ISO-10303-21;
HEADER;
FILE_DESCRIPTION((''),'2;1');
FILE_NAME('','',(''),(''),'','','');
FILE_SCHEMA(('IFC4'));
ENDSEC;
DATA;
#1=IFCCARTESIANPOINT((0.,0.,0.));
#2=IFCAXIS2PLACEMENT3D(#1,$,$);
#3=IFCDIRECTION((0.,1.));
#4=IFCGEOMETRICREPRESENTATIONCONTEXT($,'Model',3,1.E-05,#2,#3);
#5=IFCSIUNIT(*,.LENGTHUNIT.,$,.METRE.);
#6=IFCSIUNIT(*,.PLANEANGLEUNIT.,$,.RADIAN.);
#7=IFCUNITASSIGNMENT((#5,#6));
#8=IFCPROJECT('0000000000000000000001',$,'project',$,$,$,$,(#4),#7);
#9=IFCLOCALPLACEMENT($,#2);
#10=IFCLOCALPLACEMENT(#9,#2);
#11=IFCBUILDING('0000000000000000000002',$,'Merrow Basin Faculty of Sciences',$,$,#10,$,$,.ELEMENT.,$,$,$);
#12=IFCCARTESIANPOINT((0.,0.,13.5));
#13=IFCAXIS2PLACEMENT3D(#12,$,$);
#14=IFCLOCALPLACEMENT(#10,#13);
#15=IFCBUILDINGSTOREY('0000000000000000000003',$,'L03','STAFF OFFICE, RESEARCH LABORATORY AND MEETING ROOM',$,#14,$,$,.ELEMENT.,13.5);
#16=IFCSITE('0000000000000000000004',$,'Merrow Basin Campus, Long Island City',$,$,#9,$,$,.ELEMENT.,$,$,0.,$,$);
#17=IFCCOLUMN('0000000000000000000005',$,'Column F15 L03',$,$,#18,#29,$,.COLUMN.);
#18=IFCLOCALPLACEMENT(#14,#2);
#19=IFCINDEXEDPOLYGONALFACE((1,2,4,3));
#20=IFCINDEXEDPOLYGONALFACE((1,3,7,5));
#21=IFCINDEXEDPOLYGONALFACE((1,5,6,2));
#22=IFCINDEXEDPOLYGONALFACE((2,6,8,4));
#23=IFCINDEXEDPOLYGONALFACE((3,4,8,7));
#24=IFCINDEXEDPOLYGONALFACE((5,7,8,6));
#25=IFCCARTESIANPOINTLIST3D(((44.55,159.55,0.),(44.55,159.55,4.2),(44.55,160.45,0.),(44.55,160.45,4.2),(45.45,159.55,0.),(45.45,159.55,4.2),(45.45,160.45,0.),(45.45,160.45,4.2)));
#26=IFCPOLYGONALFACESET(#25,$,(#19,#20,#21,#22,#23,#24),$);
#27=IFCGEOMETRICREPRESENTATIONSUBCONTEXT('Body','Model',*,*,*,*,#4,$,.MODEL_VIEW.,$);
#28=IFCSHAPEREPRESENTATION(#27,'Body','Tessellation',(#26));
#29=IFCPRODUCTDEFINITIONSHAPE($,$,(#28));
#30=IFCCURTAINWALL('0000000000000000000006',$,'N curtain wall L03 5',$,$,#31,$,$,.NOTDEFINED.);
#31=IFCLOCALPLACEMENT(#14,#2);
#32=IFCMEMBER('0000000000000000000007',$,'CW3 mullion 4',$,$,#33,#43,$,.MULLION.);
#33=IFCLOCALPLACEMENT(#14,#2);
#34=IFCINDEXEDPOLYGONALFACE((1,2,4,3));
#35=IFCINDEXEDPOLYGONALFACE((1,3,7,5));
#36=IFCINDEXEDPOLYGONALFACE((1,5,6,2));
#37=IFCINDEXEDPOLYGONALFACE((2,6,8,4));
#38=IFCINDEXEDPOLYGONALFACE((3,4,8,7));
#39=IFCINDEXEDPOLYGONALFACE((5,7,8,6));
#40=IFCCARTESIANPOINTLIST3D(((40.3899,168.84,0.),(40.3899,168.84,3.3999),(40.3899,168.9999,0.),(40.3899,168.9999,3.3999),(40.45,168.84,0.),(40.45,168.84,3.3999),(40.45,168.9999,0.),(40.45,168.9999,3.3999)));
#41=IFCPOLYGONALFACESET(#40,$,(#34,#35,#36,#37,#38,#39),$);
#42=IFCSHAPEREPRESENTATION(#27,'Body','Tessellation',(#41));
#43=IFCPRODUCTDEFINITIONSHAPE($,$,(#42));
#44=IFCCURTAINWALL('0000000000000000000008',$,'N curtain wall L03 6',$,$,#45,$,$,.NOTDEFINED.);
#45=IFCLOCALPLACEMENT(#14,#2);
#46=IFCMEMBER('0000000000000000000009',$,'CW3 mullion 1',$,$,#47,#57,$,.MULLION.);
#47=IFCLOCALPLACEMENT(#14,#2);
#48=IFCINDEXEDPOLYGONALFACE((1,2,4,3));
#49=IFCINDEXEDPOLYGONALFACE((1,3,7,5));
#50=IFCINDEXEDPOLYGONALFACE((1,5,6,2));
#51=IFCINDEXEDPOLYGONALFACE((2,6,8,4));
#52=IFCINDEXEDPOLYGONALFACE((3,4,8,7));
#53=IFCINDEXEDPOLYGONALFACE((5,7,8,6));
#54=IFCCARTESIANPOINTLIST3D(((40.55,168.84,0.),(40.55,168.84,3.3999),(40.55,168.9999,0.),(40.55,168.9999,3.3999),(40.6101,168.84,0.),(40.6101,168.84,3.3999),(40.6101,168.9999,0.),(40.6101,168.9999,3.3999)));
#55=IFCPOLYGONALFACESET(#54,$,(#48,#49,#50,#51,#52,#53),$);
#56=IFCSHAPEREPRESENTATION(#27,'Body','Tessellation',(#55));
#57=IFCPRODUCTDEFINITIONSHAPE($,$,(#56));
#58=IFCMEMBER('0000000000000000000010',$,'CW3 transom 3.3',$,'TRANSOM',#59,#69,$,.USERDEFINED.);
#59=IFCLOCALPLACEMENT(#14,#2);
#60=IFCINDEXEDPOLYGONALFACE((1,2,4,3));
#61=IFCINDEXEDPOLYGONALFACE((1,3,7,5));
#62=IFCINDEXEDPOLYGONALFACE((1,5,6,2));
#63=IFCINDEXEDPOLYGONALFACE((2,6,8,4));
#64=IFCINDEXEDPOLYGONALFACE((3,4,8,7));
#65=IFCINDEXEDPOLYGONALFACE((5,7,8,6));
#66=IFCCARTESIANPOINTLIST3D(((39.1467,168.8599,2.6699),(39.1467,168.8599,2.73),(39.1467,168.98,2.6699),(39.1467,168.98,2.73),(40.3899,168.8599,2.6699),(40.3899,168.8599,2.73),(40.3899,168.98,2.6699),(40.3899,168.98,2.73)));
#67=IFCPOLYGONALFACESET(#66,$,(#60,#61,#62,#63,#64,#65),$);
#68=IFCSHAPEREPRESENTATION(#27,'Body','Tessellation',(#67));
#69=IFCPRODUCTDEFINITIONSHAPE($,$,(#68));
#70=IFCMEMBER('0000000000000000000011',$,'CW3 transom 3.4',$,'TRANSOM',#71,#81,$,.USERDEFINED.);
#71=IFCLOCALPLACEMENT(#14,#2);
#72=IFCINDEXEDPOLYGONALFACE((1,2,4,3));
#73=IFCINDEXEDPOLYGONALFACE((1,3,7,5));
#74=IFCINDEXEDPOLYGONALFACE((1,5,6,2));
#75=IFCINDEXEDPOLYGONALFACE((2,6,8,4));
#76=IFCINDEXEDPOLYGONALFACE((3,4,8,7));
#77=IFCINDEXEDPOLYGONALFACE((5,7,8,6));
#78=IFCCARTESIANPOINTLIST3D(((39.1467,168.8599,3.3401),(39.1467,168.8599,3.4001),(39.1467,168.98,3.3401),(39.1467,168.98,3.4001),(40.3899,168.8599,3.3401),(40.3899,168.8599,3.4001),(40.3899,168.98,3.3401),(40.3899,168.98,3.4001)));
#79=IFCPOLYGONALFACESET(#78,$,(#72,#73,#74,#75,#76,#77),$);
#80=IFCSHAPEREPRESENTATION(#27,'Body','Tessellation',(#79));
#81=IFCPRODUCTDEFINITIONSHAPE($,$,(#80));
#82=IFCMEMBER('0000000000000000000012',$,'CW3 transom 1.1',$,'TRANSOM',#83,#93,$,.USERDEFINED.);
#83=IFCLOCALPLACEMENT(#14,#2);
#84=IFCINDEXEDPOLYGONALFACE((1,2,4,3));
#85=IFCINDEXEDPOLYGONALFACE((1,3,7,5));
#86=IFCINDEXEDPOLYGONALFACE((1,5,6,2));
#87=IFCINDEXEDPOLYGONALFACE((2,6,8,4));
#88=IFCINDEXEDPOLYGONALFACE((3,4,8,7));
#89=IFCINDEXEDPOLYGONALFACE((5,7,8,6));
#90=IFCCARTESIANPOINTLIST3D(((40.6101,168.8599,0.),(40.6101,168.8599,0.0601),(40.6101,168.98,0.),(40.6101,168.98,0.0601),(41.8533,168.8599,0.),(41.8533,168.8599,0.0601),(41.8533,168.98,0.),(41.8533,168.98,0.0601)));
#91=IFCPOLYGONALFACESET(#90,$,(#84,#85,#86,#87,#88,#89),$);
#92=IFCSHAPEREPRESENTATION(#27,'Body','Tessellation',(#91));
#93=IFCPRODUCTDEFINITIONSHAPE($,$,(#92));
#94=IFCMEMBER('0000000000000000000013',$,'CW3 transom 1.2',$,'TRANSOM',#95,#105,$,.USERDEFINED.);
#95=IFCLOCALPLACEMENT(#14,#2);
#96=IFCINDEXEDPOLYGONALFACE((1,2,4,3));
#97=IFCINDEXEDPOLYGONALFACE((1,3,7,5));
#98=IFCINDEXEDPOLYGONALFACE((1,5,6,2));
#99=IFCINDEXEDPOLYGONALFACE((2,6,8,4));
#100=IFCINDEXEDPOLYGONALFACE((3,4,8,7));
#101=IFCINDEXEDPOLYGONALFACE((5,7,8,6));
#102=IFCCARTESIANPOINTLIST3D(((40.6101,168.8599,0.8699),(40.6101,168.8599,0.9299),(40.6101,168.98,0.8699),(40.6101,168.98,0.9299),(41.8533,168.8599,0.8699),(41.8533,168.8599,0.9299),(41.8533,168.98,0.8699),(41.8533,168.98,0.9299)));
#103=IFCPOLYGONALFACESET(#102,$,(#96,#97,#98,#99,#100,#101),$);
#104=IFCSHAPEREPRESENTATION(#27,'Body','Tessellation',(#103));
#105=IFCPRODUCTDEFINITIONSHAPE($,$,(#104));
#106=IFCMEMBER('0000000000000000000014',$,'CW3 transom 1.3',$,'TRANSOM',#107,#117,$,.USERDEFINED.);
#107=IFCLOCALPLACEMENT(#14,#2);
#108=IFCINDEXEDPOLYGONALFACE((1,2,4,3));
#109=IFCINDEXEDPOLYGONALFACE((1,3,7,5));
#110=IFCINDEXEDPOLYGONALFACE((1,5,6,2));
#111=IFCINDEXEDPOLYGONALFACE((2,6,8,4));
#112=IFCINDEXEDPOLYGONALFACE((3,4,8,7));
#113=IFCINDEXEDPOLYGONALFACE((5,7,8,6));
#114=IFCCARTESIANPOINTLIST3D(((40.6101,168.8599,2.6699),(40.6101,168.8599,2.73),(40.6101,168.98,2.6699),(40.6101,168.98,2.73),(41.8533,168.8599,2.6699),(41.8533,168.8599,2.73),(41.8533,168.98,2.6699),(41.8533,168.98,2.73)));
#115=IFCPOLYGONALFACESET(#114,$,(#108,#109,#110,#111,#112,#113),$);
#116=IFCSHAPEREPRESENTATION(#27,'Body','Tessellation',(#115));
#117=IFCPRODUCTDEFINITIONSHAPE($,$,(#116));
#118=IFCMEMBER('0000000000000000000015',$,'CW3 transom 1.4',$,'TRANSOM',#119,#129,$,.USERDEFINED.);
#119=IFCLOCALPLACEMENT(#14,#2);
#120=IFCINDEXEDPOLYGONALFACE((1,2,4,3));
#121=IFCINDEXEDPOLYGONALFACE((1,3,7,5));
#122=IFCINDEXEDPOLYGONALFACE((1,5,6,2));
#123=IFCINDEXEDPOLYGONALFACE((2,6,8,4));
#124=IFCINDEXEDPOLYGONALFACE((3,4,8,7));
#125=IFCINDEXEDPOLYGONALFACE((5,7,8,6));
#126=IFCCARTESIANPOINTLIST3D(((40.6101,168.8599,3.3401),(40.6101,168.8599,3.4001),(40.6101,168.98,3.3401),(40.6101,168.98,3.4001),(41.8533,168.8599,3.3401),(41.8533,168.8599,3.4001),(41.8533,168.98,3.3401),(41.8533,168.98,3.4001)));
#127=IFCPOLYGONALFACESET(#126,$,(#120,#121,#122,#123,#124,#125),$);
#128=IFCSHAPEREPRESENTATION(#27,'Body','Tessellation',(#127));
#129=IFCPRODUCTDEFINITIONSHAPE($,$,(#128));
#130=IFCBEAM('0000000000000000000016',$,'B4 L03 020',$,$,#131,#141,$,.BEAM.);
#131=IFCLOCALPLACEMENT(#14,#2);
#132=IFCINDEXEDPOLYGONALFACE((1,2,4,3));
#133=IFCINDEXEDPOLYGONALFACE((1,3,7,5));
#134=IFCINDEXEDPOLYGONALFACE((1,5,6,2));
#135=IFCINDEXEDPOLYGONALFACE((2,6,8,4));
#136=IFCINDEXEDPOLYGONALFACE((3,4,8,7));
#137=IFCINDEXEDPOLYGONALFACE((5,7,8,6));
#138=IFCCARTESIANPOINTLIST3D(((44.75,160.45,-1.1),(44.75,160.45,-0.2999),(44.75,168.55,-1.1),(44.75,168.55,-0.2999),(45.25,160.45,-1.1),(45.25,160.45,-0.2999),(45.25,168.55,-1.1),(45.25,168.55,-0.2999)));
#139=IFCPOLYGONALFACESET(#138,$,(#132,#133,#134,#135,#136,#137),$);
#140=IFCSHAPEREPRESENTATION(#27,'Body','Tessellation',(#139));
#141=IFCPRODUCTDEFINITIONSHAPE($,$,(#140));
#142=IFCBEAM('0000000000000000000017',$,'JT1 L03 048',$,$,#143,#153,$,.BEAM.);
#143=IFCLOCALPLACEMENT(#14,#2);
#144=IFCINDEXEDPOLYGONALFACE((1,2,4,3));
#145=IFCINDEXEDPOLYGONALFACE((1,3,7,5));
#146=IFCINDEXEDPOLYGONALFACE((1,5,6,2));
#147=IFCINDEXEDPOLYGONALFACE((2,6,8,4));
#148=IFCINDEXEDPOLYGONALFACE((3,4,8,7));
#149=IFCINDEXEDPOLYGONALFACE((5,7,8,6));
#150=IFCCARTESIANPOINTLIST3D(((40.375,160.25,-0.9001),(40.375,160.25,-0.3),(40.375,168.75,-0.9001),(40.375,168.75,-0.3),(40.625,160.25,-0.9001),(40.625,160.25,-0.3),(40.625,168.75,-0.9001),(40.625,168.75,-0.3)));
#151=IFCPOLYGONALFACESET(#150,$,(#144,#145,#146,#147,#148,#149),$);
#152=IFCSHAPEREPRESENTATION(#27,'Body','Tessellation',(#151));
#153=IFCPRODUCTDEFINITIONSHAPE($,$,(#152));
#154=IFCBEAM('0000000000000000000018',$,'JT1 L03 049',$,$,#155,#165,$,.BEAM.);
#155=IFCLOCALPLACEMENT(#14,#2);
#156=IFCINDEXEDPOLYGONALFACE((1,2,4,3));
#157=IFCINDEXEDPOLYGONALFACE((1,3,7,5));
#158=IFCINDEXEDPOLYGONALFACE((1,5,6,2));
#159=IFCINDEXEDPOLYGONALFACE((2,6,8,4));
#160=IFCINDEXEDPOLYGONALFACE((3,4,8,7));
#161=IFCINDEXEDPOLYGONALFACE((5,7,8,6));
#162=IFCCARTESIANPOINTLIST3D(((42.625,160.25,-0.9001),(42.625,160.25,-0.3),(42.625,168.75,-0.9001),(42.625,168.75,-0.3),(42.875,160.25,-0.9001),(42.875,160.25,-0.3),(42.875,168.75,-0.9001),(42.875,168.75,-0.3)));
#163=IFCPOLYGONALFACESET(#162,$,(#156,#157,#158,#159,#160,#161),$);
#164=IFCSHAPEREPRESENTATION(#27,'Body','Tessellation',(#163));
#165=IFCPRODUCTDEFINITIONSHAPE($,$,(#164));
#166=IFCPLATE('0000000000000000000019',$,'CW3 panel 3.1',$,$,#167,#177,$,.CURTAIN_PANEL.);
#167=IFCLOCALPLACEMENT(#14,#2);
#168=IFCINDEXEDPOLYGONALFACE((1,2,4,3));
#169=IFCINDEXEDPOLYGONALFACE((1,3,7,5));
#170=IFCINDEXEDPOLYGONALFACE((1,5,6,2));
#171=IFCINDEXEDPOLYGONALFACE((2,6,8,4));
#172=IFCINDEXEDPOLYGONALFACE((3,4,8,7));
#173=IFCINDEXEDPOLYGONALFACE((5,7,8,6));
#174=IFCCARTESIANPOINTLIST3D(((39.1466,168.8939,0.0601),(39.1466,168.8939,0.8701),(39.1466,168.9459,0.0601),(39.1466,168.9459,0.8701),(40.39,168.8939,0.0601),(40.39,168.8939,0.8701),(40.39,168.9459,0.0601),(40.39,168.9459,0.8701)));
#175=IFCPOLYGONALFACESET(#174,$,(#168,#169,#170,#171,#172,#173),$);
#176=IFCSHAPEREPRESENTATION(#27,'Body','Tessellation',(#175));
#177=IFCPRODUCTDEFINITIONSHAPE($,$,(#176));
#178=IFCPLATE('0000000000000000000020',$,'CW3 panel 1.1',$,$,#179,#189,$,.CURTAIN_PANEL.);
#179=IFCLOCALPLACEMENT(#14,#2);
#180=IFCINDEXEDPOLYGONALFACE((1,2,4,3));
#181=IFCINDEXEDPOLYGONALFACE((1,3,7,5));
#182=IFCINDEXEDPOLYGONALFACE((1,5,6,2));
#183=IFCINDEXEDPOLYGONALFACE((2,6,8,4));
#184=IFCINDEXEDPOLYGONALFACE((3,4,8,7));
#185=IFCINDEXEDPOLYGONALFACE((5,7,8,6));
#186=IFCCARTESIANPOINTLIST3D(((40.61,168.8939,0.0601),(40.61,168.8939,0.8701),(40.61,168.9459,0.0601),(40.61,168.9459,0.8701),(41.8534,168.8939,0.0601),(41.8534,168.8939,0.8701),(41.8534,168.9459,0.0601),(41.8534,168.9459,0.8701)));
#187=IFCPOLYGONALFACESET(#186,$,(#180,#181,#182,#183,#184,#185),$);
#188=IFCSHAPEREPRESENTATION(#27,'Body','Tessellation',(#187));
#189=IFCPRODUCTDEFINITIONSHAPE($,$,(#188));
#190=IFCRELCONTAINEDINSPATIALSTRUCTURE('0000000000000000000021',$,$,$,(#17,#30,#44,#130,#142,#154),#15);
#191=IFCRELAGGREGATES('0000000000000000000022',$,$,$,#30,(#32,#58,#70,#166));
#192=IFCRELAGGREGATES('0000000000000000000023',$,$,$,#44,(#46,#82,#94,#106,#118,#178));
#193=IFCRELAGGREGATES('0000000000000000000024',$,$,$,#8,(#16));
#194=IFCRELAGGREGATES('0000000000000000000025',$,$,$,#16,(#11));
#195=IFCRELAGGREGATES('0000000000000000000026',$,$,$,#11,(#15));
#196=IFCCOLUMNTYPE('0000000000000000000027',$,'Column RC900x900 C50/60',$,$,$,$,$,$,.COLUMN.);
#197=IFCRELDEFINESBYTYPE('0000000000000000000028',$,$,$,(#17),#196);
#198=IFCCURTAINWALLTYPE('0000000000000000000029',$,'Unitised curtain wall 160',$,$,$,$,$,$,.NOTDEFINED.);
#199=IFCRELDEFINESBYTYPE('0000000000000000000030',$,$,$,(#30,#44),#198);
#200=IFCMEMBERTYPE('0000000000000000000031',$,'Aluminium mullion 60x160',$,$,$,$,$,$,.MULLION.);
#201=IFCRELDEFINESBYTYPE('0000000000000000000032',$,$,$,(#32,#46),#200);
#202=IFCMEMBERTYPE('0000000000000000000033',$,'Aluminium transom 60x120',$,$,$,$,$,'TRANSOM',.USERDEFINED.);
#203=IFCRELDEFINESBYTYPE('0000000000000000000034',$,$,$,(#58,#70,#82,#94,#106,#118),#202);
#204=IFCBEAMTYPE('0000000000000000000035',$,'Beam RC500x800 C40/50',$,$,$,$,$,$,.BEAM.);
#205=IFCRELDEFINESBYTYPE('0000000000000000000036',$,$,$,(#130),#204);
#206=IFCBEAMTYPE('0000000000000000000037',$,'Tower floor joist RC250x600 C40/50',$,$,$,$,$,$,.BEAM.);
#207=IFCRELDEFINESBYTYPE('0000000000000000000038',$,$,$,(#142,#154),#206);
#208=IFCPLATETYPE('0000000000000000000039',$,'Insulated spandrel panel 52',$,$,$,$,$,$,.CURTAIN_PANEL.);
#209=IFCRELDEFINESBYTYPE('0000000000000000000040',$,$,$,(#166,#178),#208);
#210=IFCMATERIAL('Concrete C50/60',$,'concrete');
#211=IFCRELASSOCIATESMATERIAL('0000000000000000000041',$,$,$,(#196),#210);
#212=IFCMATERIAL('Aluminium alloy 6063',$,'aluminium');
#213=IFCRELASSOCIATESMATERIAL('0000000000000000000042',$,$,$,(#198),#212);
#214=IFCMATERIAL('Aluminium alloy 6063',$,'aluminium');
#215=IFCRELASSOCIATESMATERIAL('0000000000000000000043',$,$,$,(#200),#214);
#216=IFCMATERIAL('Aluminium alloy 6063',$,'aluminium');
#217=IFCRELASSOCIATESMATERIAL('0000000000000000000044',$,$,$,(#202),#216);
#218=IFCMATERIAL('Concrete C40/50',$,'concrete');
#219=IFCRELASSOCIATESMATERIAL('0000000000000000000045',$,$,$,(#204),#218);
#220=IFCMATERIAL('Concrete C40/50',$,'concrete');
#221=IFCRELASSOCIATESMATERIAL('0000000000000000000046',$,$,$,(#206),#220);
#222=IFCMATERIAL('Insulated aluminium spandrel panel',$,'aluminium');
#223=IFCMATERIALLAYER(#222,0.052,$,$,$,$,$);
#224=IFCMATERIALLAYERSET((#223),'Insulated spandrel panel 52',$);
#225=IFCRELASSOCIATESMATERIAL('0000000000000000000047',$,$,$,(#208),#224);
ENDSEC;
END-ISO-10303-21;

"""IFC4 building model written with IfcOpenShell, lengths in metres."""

from ifc_helpers import new_model, si_unit, direction, frame, origin, origin_2d, place, context, subcontext, project, spatial, rectangle, extrude, material, layer, layer_set, material_profile, profile_set, type_object, element, aggregate, save


model = new_model("IFC4")

# Units and contexts
model_context = context("Model", 3, precision=1e-05, world=origin(), true_north=direction((0.0, 1.0)))
body_context = subcontext(model_context, "Body", "Model", "MODEL_VIEW")
ifc_project = project(units=[si_unit("LENGTHUNIT", "METRE"), si_unit("PLANEANGLEUNIT", "RADIAN")], contexts=[model_context])

# Site, building, storey
site_placement = place(None, origin())
site = spatial("IfcSite", under=ifc_project, at=site_placement, Name="Merrow Basin Campus, Long Island City", CompositionType="ELEMENT", RefElevation=0.0)
building_placement = place(site_placement, origin())
building = spatial("IfcBuilding", under=site, at=building_placement, Name="Merrow Basin Faculty of Sciences", CompositionType="ELEMENT")
storey_placement = place(building_placement, frame((0.0, 0.0, 13.5)))
storey = spatial("IfcBuildingStorey", under=building, at=storey_placement, Name="L03", Description="STAFF OFFICE, RESEARCH LABORATORY AND MEETING ROOM", CompositionType="ELEMENT", Elevation=13.5)

# Column
ifc_material_1 = material(Name="Concrete C50/60", Category="concrete")
ifc_material_profile_1 = material_profile(ifc_material_1, rectangle(XDim=0.8999, YDim=0.8999, at=origin_2d()))
ifc_profile_set_1 = profile_set([ifc_material_profile_1], Name="Concrete C50/60")
column_type = type_object("IfcColumnType", Name="Column RC900x900 C50/60", PredefinedType="COLUMN", material=ifc_profile_set_1)
column_placement = place(storey_placement, frame((45.0, 160.0, 0.0), z_axis=(0.0, 0.0, 1.0), x_axis=(1.0, 0.0, 0.0)))
element("IfcColumn", 1, at=column_placement, inside=storey, type_object=column_type, Name="Column F15 L03", PredefinedType="COLUMN", context=body_context, shape_type="SweptSolid", body=[
    extrude(rectangle(XDim=0.8999, YDim=0.8999, at=origin_2d()), origin(), (0.0, 0.0, 1.0), 4.2),
])

# Curtain walls, members
ifc_material_2 = material(Name="Aluminium alloy 6063", Category="aluminium")
curtain_wall_type = type_object("IfcCurtainWallType", Name="Unitised curtain wall 160", PredefinedType="NOTDEFINED", material=ifc_material_2)
curtain_wall_1_placement = place(storey_placement, origin())
curtain_wall_1 = element("IfcCurtainWall", 2, at=curtain_wall_1_placement, inside=storey, type_object=curtain_wall_type, Name="N curtain wall L03 5", PredefinedType="NOTDEFINED")
ifc_material_3 = material(Name="Aluminium alloy 6063", Category="aluminium")
ifc_material_profile_2 = material_profile(ifc_material_3, rectangle(XDim=0.1599, YDim=0.0601, at=origin_2d()))
ifc_profile_set_2 = profile_set([ifc_material_profile_2], Name="Aluminium alloy 6063")
member_type_1 = type_object("IfcMemberType", Name="Aluminium mullion 60x160", PredefinedType="MULLION", material=ifc_profile_set_2)
member_1_placement = place(storey_placement, frame((40.4199, 168.9199, 0.0), z_axis=(0.0, 0.0, 1.0), x_axis=(0.0, 1.0, 0.0)))
member_1 = element("IfcMember", 3, at=member_1_placement, type_object=member_type_1, Name="CW3 mullion 4", PredefinedType="MULLION", context=body_context, shape_type="SweptSolid", body=[
    extrude(rectangle(XDim=0.1599, YDim=0.0601, at=origin_2d()), origin(), (0.0, 0.0, 1.0), 3.3999),
])
curtain_wall_2_placement = place(storey_placement, origin())
curtain_wall_2 = element("IfcCurtainWall", 4, at=curtain_wall_2_placement, inside=storey, type_object=curtain_wall_type, Name="N curtain wall L03 6", PredefinedType="NOTDEFINED")
member_2_placement = place(storey_placement, frame((40.5801, 168.9199, 0.0), z_axis=(0.0, 0.0, 1.0), x_axis=(0.0, 1.0, 0.0)))
member_2 = element("IfcMember", 5, at=member_2_placement, type_object=member_type_1, Name="CW3 mullion 1", PredefinedType="MULLION", context=body_context, shape_type="SweptSolid", body=[
    extrude(rectangle(XDim=0.1599, YDim=0.0601, at=origin_2d()), origin(), (0.0, 0.0, 1.0), 3.3999),
])

# Members
ifc_material_4 = material(Name="Aluminium alloy 6063", Category="aluminium")
ifc_material_profile_3 = material_profile(ifc_material_4, rectangle(XDim=0.1201, YDim=0.0601, at=origin_2d()))
ifc_profile_set_3 = profile_set([ifc_material_profile_3], Name="Aluminium alloy 6063")
member_type_2 = type_object("IfcMemberType", Name="Aluminium transom 60x120", ElementType="TRANSOM", PredefinedType="USERDEFINED", material=ifc_profile_set_3)
member_3_placement = place(storey_placement, frame((39.1467, 168.9199, 2.7), z_axis=(1.0, 0.0, 0.0), x_axis=(0.0, 1.0, 0.0)))
member_3 = element("IfcMember", 6, at=member_3_placement, type_object=member_type_2, Name="CW3 transom 3.3", ObjectType="TRANSOM", PredefinedType="USERDEFINED", context=body_context, shape_type="SweptSolid", body=[
    extrude(rectangle(XDim=0.1201, YDim=0.0601, at=origin_2d()), origin(), (0.0, 0.0, 1.0), 1.2432),
])
member_4_placement = place(storey_placement, frame((39.1467, 168.9199, 3.3701), z_axis=(1.0, 0.0, 0.0), x_axis=(0.0, 1.0, 0.0)))
member_4 = element("IfcMember", 7, at=member_4_placement, type_object=member_type_2, Name="CW3 transom 3.4", ObjectType="TRANSOM", PredefinedType="USERDEFINED", context=body_context, shape_type="SweptSolid", body=[
    extrude(rectangle(XDim=0.1201, YDim=0.0601, at=origin_2d()), origin(), (0.0, 0.0, 1.0), 1.2432),
])
member_5_placement = place(storey_placement, frame((40.6101, 168.9199, 0.03), z_axis=(1.0, 0.0, 0.0), x_axis=(0.0, 1.0, 0.0)))
member_5 = element("IfcMember", 8, at=member_5_placement, type_object=member_type_2, Name="CW3 transom 1.1", ObjectType="TRANSOM", PredefinedType="USERDEFINED", context=body_context, shape_type="SweptSolid", body=[
    extrude(rectangle(XDim=0.1201, YDim=0.0601, at=origin_2d()), origin(), (0.0, 0.0, 1.0), 1.2432),
])
member_6_placement = place(storey_placement, frame((40.6101, 168.9199, 0.8999), z_axis=(1.0, 0.0, 0.0), x_axis=(0.0, 1.0, 0.0)))
member_6 = element("IfcMember", 9, at=member_6_placement, type_object=member_type_2, Name="CW3 transom 1.2", ObjectType="TRANSOM", PredefinedType="USERDEFINED", context=body_context, shape_type="SweptSolid", body=[
    extrude(rectangle(XDim=0.1201, YDim=0.0601, at=origin_2d()), origin(), (0.0, 0.0, 1.0), 1.2432),
])
member_7_placement = place(storey_placement, frame((40.6101, 168.9199, 2.7), z_axis=(1.0, 0.0, 0.0), x_axis=(0.0, 1.0, 0.0)))
member_7 = element("IfcMember", 10, at=member_7_placement, type_object=member_type_2, Name="CW3 transom 1.3", ObjectType="TRANSOM", PredefinedType="USERDEFINED", context=body_context, shape_type="SweptSolid", body=[
    extrude(rectangle(XDim=0.1201, YDim=0.0601, at=origin_2d()), origin(), (0.0, 0.0, 1.0), 1.2432),
])
member_8_placement = place(storey_placement, frame((40.6101, 168.9199, 3.3701), z_axis=(1.0, 0.0, 0.0), x_axis=(0.0, 1.0, 0.0)))
member_8 = element("IfcMember", 11, at=member_8_placement, type_object=member_type_2, Name="CW3 transom 1.4", ObjectType="TRANSOM", PredefinedType="USERDEFINED", context=body_context, shape_type="SweptSolid", body=[
    extrude(rectangle(XDim=0.1201, YDim=0.0601, at=origin_2d()), origin(), (0.0, 0.0, 1.0), 1.2432),
])

# Beams
ifc_material_5 = material(Name="Concrete C40/50", Category="concrete")
ifc_material_profile_4 = material_profile(ifc_material_5, rectangle(XDim=0.5, YDim=0.8, at=origin_2d()))
ifc_profile_set_4 = profile_set([ifc_material_profile_4], Name="Concrete C40/50")
beam_type_1 = type_object("IfcBeamType", Name="Beam RC500x800 C40/50", PredefinedType="BEAM", material=ifc_profile_set_4)
beam_placement = place(storey_placement, frame((45.0, 160.45, -0.7), z_axis=(0.0, 1.0, 0.0), x_axis=(-1.0, 0.0, 0.0)))
element("IfcBeam", 12, at=beam_placement, inside=storey, type_object=beam_type_1, Name="B4 L03 020", PredefinedType="BEAM", context=body_context, shape_type="SweptSolid", body=[
    extrude(rectangle(XDim=0.5, YDim=0.8, at=origin_2d()), origin(), (0.0, 0.0, 1.0), 8.1001),
])
ifc_material_6 = material(Name="Concrete C40/50", Category="concrete")
ifc_material_profile_5 = material_profile(ifc_material_6, rectangle(XDim=0.25, YDim=0.6001, at=origin_2d()))
ifc_profile_set_5 = profile_set([ifc_material_profile_5], Name="Concrete C40/50")
beam_type_2 = type_object("IfcBeamType", Name="Tower floor joist RC250x600 C40/50", PredefinedType="BEAM", material=ifc_profile_set_5)
for number, where, z_axis, x_axis, name in (
    (13, (40.5, 160.25, -0.6001), (0.0, 1.0, 0.0), (-1.0, 0.0, 0.0), "JT1 L03 048"),
    (14, (42.75, 160.25, -0.6001), (0.0, 1.0, 0.0), (-1.0, 0.0, 0.0), "JT1 L03 049"),
):
    element("IfcBeam", number, at=place(storey_placement, frame(where, z_axis=z_axis, x_axis=x_axis)), inside=storey, type_object=beam_type_2, Name=name, PredefinedType="BEAM", context=body_context, shape_type="SweptSolid", body=[
        extrude(rectangle(XDim=0.25, YDim=0.6001, at=origin_2d()), origin(), (0.0, 0.0, 1.0), 8.5),
    ])

# Plates
ifc_material_7 = material(Name="Insulated aluminium spandrel panel", Category="aluminium")
ifc_layer_1 = layer(ifc_material_7, 0.052)
ifc_layer_set_1 = layer_set([ifc_layer_1], Name="Insulated spandrel panel 52")
plate_type_1 = type_object("IfcPlateType", Name="Insulated spandrel panel 52", PredefinedType="CURTAIN_PANEL", material=ifc_layer_set_1)
plate_1_placement = place(storey_placement, frame((39.7683, 168.9199, 0.0601), z_axis=(0.0, 0.0, 1.0), x_axis=(1.0, 0.0, 0.0)))
plate_1 = element("IfcPlate", 15, at=plate_1_placement, type_object=plate_type_1, Name="CW3 panel 3.1", PredefinedType="CURTAIN_PANEL", context=body_context, shape_type="SweptSolid", body=[
    extrude(rectangle(XDim=1.2434, YDim=0.052, at=origin_2d()), origin(), (0.0, 0.0, 1.0), 0.8101),
])
plate_2_placement = place(storey_placement, frame((41.2317, 168.9199, 0.0601), z_axis=(0.0, 0.0, 1.0), x_axis=(1.0, 0.0, 0.0)))
plate_2 = element("IfcPlate", 16, at=plate_2_placement, type_object=plate_type_1, Name="CW3 panel 1.1", PredefinedType="CURTAIN_PANEL", context=body_context, shape_type="SweptSolid", body=[
    extrude(rectangle(XDim=1.2434, YDim=0.052, at=origin_2d()), origin(), (0.0, 0.0, 1.0), 0.8101),
])
aggregate(curtain_wall_1, [member_1, member_3, member_4, plate_1])
aggregate(curtain_wall_2, [member_2, member_5, member_6, member_7, member_8, plate_2])

save(model, "model.ifc")
